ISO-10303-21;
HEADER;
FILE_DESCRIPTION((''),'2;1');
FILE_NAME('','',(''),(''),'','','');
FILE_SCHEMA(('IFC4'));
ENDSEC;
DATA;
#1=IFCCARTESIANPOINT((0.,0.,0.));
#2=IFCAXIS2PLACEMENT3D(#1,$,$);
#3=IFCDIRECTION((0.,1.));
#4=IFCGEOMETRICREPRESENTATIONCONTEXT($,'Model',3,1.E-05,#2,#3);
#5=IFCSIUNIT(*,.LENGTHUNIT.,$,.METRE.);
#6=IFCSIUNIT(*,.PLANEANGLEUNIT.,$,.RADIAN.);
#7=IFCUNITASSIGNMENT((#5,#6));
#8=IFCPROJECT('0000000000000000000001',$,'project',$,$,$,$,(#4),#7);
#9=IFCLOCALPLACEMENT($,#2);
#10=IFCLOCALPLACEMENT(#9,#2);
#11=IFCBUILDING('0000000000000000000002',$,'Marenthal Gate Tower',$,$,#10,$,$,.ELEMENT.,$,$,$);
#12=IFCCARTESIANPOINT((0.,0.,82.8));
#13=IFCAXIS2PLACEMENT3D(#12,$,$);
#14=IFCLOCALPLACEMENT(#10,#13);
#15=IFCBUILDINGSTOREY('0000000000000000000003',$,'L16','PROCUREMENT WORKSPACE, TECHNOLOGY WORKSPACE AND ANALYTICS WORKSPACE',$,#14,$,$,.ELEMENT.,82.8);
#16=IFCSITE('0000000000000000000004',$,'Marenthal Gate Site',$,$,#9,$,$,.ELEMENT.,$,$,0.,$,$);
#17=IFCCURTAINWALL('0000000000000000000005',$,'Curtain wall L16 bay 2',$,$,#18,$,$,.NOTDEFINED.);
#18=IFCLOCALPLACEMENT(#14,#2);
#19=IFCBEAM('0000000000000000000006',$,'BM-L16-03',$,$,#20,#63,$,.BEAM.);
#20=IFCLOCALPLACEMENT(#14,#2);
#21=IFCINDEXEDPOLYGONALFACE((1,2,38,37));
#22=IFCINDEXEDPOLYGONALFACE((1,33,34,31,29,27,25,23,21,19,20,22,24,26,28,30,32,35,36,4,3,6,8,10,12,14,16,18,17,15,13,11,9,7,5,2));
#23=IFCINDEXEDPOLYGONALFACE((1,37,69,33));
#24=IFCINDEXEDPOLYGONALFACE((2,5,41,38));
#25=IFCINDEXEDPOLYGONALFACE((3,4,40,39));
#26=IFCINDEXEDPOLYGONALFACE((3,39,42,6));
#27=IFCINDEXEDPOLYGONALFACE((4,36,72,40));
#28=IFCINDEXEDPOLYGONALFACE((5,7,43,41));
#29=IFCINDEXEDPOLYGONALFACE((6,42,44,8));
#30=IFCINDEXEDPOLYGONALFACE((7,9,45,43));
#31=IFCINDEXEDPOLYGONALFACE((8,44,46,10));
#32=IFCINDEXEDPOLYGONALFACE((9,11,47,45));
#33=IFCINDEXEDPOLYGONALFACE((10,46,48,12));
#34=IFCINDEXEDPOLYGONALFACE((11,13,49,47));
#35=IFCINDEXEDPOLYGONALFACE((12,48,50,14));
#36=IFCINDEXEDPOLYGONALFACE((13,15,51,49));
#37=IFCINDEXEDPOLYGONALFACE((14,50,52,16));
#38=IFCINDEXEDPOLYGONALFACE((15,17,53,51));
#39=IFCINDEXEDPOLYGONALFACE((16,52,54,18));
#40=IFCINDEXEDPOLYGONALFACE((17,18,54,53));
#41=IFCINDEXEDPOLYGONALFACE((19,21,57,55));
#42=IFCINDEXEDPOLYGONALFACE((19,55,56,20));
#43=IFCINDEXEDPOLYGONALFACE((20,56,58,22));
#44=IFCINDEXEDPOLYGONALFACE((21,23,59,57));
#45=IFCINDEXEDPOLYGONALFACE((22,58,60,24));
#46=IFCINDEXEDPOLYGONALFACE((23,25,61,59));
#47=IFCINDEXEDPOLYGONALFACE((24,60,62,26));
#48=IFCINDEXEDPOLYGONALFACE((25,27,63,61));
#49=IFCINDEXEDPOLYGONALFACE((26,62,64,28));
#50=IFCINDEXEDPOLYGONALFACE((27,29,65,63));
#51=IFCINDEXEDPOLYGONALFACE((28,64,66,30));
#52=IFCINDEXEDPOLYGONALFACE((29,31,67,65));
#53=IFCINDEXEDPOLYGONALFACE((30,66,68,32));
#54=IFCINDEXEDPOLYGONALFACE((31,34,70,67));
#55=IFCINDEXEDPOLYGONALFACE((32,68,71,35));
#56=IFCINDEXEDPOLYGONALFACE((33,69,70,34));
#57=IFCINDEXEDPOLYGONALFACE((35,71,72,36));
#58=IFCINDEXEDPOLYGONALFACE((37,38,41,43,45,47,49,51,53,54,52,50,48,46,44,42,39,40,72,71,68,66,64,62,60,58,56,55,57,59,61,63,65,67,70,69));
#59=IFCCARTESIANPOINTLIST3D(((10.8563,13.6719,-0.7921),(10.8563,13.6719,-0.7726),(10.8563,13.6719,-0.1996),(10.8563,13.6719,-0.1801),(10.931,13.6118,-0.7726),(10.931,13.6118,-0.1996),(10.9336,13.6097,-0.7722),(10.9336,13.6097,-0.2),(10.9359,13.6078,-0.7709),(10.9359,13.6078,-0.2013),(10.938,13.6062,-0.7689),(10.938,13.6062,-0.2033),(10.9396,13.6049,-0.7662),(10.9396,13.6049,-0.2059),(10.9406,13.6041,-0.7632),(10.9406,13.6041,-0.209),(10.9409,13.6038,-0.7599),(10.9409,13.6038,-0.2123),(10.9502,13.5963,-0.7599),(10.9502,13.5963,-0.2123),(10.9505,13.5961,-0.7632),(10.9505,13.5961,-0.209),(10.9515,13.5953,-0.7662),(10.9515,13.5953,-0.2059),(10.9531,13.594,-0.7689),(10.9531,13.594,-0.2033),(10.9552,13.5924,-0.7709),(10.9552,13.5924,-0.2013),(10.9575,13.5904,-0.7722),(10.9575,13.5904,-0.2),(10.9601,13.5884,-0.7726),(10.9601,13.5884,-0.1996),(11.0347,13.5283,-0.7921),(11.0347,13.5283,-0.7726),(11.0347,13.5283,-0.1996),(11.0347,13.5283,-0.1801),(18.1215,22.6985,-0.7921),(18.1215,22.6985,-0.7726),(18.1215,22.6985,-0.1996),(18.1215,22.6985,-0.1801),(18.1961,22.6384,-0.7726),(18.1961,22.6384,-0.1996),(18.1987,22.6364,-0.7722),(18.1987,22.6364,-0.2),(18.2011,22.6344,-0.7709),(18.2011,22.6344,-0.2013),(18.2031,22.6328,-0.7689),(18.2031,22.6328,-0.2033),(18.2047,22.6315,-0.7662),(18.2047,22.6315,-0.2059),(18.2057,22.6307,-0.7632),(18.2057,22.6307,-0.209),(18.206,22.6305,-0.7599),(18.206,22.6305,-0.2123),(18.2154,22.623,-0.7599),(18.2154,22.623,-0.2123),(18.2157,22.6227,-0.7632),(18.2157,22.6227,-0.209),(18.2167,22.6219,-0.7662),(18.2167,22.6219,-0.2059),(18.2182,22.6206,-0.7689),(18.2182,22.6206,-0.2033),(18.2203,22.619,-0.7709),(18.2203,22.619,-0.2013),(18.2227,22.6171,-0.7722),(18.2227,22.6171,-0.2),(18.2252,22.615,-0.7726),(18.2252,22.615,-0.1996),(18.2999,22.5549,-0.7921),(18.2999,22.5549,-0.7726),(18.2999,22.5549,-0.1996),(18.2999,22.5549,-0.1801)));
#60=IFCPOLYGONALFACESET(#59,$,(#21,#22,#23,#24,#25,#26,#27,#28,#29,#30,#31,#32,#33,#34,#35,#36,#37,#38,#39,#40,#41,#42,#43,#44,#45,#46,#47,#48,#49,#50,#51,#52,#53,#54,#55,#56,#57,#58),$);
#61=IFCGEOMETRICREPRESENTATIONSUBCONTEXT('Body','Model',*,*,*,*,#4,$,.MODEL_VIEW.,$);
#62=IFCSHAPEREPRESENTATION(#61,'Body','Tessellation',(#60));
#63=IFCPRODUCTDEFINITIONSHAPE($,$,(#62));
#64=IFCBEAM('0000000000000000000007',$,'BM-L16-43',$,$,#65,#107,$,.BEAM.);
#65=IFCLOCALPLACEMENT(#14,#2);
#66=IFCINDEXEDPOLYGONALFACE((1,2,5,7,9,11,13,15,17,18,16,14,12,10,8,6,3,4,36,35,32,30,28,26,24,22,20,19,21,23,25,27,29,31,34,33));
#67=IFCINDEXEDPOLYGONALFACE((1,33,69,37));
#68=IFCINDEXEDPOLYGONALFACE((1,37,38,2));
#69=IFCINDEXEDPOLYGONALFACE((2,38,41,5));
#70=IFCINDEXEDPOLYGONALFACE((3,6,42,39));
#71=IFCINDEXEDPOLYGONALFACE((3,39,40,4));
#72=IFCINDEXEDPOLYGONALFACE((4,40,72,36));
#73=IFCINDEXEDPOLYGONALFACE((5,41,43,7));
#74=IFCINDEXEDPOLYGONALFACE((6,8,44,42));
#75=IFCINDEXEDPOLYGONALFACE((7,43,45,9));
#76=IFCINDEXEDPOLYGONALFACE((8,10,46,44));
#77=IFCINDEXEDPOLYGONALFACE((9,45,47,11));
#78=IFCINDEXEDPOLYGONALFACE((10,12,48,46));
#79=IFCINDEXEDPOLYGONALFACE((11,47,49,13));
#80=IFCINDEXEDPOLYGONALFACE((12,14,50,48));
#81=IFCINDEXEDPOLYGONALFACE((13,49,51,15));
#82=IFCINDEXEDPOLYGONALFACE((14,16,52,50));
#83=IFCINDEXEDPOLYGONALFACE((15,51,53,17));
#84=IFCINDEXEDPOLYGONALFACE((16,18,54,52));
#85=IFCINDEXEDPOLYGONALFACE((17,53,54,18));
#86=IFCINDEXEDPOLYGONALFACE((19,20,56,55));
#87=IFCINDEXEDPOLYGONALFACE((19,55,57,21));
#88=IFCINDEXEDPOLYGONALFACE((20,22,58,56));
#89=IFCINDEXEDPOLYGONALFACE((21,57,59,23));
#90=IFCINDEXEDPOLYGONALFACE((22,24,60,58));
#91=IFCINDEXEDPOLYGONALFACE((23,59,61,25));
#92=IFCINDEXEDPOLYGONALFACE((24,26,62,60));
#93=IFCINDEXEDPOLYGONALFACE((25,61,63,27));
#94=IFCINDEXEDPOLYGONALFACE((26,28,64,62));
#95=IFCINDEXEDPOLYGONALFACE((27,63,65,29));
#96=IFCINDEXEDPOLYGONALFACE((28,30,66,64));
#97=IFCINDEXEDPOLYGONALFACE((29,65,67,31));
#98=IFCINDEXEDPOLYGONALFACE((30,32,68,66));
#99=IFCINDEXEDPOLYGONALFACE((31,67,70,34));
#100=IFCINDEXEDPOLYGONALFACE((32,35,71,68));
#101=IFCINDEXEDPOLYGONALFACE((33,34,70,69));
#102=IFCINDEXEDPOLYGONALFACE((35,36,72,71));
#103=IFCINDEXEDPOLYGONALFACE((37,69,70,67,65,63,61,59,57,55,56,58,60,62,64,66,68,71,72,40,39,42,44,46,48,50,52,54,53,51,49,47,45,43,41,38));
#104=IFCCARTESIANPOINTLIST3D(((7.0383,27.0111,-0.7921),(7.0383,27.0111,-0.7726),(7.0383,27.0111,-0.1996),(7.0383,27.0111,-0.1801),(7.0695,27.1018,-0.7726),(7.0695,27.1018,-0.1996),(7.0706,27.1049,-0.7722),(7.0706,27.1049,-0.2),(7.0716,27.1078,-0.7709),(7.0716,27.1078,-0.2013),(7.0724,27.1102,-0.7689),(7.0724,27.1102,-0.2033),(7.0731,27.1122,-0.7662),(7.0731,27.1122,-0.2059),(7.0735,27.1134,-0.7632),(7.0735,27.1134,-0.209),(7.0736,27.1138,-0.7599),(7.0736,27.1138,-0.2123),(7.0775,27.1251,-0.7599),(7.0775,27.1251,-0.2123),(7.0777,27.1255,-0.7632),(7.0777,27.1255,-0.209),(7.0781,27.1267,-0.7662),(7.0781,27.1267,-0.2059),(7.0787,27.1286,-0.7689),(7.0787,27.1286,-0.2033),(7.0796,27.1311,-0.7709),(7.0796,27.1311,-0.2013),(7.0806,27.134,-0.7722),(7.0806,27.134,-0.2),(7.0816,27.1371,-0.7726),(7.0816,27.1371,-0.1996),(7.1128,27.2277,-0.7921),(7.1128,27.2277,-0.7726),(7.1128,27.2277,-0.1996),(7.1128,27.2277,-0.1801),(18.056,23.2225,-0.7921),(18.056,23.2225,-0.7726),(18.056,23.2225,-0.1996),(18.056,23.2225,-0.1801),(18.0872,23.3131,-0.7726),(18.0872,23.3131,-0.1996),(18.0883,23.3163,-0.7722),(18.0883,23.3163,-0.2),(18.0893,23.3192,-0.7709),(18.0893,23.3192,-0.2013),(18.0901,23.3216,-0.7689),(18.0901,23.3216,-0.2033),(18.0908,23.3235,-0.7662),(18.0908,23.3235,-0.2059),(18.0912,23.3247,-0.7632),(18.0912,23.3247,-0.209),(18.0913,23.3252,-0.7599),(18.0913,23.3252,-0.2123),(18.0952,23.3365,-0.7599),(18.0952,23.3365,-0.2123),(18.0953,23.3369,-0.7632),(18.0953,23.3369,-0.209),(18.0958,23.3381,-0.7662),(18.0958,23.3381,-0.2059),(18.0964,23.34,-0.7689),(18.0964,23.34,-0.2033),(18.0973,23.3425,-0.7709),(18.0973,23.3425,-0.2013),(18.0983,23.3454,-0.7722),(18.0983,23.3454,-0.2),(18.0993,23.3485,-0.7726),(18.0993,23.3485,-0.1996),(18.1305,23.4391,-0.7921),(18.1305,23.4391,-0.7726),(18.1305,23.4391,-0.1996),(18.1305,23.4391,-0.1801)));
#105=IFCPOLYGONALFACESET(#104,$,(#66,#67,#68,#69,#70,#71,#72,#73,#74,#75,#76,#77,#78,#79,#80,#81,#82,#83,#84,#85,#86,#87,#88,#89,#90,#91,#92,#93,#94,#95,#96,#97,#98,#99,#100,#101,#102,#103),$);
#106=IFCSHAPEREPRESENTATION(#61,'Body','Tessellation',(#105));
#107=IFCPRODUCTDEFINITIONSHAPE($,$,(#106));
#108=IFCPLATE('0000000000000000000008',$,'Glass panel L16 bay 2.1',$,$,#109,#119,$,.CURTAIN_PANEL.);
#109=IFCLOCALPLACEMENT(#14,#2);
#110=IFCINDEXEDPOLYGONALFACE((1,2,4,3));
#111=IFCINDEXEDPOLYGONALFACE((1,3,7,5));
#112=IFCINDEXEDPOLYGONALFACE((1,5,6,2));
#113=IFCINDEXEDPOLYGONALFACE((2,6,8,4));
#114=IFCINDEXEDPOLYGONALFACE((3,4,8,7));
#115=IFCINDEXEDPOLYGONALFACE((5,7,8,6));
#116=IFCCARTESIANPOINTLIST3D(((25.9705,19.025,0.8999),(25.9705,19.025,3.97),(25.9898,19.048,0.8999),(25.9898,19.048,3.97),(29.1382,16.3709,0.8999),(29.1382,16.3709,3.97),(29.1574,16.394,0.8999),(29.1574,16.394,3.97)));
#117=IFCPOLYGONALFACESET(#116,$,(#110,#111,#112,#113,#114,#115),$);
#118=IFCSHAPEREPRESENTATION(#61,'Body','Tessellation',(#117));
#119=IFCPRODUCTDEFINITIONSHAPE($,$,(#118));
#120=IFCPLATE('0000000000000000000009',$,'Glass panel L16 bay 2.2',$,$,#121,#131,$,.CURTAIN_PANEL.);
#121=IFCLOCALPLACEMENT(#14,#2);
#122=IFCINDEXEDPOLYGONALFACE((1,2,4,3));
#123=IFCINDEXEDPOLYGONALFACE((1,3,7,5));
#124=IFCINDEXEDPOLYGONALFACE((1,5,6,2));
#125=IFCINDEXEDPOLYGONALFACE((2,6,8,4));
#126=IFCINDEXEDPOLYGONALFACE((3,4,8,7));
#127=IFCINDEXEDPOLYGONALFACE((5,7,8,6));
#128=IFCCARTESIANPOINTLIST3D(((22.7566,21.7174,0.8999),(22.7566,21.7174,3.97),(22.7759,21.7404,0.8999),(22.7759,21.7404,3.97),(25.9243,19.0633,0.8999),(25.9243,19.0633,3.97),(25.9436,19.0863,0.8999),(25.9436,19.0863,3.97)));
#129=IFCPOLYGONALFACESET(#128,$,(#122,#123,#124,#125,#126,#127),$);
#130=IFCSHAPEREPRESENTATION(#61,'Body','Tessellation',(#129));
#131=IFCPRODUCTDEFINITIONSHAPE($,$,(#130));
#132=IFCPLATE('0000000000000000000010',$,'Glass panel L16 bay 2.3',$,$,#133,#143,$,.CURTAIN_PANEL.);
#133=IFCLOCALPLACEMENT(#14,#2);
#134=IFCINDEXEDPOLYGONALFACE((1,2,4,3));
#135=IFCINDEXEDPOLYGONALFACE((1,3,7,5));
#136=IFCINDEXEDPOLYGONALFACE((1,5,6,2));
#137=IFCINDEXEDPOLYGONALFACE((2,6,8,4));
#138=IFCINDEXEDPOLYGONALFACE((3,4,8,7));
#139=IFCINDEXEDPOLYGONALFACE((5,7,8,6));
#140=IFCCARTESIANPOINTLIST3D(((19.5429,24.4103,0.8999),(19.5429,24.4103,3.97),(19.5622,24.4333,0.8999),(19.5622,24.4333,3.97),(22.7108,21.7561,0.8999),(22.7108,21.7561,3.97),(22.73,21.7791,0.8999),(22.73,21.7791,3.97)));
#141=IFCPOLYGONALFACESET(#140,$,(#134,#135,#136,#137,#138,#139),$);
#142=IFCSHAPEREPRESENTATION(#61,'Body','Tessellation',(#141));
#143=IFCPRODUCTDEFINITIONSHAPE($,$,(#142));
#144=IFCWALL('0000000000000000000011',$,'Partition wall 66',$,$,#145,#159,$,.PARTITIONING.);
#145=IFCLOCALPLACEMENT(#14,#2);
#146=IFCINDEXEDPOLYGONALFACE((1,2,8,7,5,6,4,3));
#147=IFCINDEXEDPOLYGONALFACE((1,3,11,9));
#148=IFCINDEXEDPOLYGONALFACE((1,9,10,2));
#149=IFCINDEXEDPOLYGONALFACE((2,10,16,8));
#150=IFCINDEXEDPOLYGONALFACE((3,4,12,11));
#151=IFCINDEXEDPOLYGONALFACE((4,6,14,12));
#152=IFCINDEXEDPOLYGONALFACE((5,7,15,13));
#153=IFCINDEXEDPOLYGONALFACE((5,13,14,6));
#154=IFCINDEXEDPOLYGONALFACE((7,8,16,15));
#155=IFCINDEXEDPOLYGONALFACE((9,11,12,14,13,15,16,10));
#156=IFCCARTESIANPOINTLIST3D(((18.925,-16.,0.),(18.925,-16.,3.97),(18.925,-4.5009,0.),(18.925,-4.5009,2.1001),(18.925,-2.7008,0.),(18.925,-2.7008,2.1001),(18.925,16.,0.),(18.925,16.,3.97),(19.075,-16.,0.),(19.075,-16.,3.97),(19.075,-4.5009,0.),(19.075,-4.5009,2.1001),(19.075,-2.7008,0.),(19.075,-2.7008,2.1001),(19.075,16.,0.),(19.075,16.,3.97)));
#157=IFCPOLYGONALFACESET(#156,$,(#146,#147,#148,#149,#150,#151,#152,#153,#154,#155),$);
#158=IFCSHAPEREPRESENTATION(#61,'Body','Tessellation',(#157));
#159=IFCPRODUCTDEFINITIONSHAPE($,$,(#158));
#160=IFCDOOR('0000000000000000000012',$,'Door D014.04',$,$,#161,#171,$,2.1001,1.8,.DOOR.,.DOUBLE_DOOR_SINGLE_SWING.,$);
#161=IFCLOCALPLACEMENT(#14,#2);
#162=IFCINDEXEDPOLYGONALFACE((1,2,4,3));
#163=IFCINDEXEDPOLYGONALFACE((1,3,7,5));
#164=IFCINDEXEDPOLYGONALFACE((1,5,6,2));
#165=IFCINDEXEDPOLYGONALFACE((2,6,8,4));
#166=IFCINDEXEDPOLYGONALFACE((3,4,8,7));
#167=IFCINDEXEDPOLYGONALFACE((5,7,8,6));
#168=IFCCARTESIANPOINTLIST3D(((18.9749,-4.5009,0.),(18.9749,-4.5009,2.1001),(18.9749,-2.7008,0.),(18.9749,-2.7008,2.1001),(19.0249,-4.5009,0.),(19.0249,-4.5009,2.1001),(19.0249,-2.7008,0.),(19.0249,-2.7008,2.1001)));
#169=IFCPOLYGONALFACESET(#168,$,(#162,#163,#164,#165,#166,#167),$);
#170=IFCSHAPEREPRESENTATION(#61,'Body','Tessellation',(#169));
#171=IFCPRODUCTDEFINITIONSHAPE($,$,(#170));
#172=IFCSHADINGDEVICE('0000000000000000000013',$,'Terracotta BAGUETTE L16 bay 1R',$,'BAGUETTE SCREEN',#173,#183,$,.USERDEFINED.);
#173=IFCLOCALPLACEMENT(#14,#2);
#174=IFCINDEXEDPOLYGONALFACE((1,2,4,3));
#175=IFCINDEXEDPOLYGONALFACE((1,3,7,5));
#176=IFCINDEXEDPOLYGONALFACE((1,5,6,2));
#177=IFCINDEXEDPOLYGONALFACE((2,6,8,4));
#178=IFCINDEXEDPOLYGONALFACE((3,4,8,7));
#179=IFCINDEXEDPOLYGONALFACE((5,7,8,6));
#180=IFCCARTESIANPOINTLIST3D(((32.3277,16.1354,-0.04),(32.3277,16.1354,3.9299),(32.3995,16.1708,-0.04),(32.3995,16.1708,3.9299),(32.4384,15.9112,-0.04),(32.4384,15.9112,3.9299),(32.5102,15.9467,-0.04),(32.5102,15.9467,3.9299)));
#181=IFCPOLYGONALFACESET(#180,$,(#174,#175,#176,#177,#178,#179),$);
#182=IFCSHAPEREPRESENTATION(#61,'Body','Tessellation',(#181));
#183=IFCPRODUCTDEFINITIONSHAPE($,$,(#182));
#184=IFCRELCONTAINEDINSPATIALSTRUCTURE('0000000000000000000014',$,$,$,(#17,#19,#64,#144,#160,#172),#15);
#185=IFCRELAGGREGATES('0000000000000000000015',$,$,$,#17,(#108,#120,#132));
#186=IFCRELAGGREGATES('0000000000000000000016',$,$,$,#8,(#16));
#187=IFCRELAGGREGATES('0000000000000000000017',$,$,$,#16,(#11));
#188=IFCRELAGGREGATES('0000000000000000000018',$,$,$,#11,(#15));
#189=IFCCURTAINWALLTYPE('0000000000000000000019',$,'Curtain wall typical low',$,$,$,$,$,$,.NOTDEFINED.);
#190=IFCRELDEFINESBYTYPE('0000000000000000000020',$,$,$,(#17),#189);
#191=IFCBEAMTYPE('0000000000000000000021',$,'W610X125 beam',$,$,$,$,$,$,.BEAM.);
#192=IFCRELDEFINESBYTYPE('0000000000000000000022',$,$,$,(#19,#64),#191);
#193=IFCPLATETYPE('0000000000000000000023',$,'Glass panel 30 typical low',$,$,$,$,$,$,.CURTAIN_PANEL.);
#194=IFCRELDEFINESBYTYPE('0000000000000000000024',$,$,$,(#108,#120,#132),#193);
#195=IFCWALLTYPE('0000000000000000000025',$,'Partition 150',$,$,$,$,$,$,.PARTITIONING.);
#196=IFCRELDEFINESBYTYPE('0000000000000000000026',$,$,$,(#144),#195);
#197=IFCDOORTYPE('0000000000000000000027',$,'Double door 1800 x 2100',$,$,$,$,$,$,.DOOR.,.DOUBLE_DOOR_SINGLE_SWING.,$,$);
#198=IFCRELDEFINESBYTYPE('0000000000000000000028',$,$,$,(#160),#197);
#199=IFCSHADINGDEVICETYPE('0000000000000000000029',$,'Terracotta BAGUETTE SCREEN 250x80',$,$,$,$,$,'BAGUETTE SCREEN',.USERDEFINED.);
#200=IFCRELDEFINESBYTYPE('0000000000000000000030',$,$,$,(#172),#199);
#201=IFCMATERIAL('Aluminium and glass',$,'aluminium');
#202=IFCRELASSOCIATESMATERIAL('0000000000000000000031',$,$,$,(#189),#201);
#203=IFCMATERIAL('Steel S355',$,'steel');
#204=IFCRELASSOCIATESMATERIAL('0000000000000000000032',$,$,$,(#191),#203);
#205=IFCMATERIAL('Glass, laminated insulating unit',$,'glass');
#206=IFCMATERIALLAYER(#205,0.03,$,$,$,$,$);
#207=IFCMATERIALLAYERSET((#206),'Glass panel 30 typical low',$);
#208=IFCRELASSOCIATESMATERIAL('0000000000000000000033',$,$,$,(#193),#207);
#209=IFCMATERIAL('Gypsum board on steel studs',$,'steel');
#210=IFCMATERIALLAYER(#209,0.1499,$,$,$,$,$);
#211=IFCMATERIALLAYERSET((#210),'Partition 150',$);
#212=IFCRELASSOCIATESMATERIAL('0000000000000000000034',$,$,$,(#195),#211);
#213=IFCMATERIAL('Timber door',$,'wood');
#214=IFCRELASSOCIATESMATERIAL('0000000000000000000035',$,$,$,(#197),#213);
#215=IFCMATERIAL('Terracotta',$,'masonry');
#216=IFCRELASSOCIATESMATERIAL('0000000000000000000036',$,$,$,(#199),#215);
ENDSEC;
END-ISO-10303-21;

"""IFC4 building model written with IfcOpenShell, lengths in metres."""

from ifc_helpers import new_model, si_unit, direction, frame, frame_2d, origin, origin_2d, place, context, subcontext, project, spatial, rectangle, i_section, extrude, material, layer, layer_set, material_profile, profile_set, type_object, element, fill, aggregate, save


model = new_model("IFC4")

# Units and contexts
model_context = context("Model", 3, precision=1e-05, world=origin(), true_north=direction((0.0, 1.0)))
body_context = subcontext(model_context, "Body", "Model", "MODEL_VIEW")
ifc_project = project(units=[si_unit("LENGTHUNIT", "METRE"), si_unit("PLANEANGLEUNIT", "RADIAN")], contexts=[model_context])

# Site, building, storey
site_placement = place(None, origin())
site = spatial("IfcSite", under=ifc_project, at=site_placement, Name="Marenthal Gate Site", CompositionType="ELEMENT", RefElevation=0.0)
building_placement = place(site_placement, origin())
building = spatial("IfcBuilding", under=site, at=building_placement, Name="Marenthal Gate Tower", CompositionType="ELEMENT")
storey_placement = place(building_placement, frame((0.0, 0.0, 82.8)))
storey = spatial("IfcBuildingStorey", under=building, at=storey_placement, Name="L16", Description="PROCUREMENT WORKSPACE, TECHNOLOGY WORKSPACE AND ANALYTICS WORKSPACE", CompositionType="ELEMENT", Elevation=82.8)

# Curtain wall
ifc_material_1 = material(Name="Aluminium and glass", Category="aluminium")
curtain_wall_type = type_object("IfcCurtainWallType", Name="Curtain wall typical low", PredefinedType="NOTDEFINED", material=ifc_material_1)
curtain_wall_placement = place(storey_placement, origin())
curtain_wall = element("IfcCurtainWall", 1, at=curtain_wall_placement, inside=storey, type_object=curtain_wall_type, Name="Curtain wall L16 bay 2", PredefinedType="NOTDEFINED")

# Beams
ifc_material_2 = material(Name="Steel S355", Category="steel")
ifc_material_profile_1 = material_profile(ifc_material_2, i_section(OverallWidth=0.229, OverallDepth=0.6121, WebThickness=0.012, FlangeThickness=0.0195, FilletRadius=0.0127, at=origin_2d()), Name="W610X125")
ifc_profile_set_1 = profile_set([ifc_material_profile_1], Name="Steel S355")
beam_type_1 = type_object("IfcBeamType", Name="W610X125 beam", PredefinedType="BEAM", material=ifc_profile_set_1)
beam_1_placement = place(storey_placement, frame((18.2107, 22.6267, -0.4861), z_axis=(-0.627, -0.779019, 0.0), x_axis=(0.779019, -0.627, 0.0)))
element("IfcBeam", 2, at=beam_1_placement, inside=storey, type_object=beam_type_1, Name="BM-L16-03", PredefinedType="BEAM", context=body_context, shape_type="SweptSolid", body=[
    extrude(i_section(OverallWidth=0.229, OverallDepth=0.6121, WebThickness=0.012, FlangeThickness=0.0195, FilletRadius=0.0127, at=origin_2d()), origin(), (0.0, 0.0, 1.0), 11.5872),
])
beam_2_placement = place(storey_placement, frame((18.0933, 23.3308, -0.4861), z_axis=(-0.945653, 0.325178, 0.0), x_axis=(-0.325178, -0.945653, 0.0)))
element("IfcBeam", 3, at=beam_2_placement, inside=storey, type_object=beam_type_1, Name="BM-L16-43", PredefinedType="BEAM", context=body_context, shape_type="SweptSolid", body=[
    extrude(i_section(OverallWidth=0.229, OverallDepth=0.6121, WebThickness=0.012, FlangeThickness=0.0195, FilletRadius=0.0127, at=origin_2d()), origin(), (0.0, 0.0, 1.0), 11.6509),
])

# Plates
ifc_material_3 = material(Name="Glass, laminated insulating unit", Category="glass")
ifc_layer_1 = layer(ifc_material_3, 0.03)
ifc_layer_set_1 = layer_set([ifc_layer_1], Name="Glass panel 30 typical low")
plate_type = type_object("IfcPlateType", Name="Glass panel 30 typical low", PredefinedType="CURTAIN_PANEL", material=ifc_layer_set_1)
plate_1_placement = place(storey_placement, frame((27.564, 17.7095, 0.8999), z_axis=(0.0, 0.0, 1.0), x_axis=(-0.766513, 0.642228, 0.0)))
plate_1 = element("IfcPlate", 4, at=plate_1_placement, type_object=plate_type, Name="Glass panel L16 bay 2.1", PredefinedType="CURTAIN_PANEL", context=body_context, shape_type="SweptSolid", body=[
    extrude(rectangle(XDim=4.1326, YDim=0.03, at=origin_2d()), origin(), (0.0, 0.0, 1.0), 3.0701),
])
plate_2_placement = place(storey_placement, frame((24.3501, 20.4019, 0.8999), z_axis=(0.0, 0.0, 1.0), x_axis=(-0.766513, 0.642228, 0.0)))
plate_2 = element("IfcPlate", 5, at=plate_2_placement, type_object=plate_type, Name="Glass panel L16 bay 2.2", PredefinedType="CURTAIN_PANEL", context=body_context, shape_type="SweptSolid", body=[
    extrude(rectangle(XDim=4.1326, YDim=0.03, at=origin_2d()), origin(), (0.0, 0.0, 1.0), 3.0701),
])
plate_3_placement = place(storey_placement, frame((21.1365, 23.0947, 0.8999), z_axis=(0.0, 0.0, 1.0), x_axis=(-0.766513, 0.642228, 0.0)))
plate_3 = element("IfcPlate", 6, at=plate_3_placement, type_object=plate_type, Name="Glass panel L16 bay 2.3", PredefinedType="CURTAIN_PANEL", context=body_context, shape_type="SweptSolid", body=[
    extrude(rectangle(XDim=4.1328, YDim=0.03, at=origin_2d()), origin(), (0.0, 0.0, 1.0), 3.0701),
])
aggregate(curtain_wall, [plate_1, plate_2, plate_3])

# Wall, opening, door
ifc_material_4 = material(Name="Gypsum board on steel studs", Category="steel")
ifc_layer_2 = layer(ifc_material_4, 0.1499)
ifc_layer_set_2 = layer_set([ifc_layer_2], Name="Partition 150")
wall_type_1 = type_object("IfcWallType", Name="Partition 150", PredefinedType="PARTITIONING", material=ifc_layer_set_2)
wall_1_placement = place(storey_placement, frame((19.0, 16.0, 0.0), z_axis=(0.0, 0.0, 1.0), x_axis=(0.0, -1.0, 0.0)))
wall_1 = element("IfcWall", 7, at=wall_1_placement, inside=storey, type_object=wall_type_1, Name="Partition wall 66", PredefinedType="PARTITIONING", context=body_context, shape_type="SweptSolid", body=[
    extrude(rectangle(XDim=32.0, YDim=0.1499, at=frame_2d((16.0, 0.0))), origin(), (0.0, 0.0, 1.0), 3.97),
])
opening_1_placement = place(wall_1_placement, frame((18.7009, 0.0, 0.0)))
opening_1 = element("IfcOpeningElement", 8, at=opening_1_placement, cuts=wall_1, PredefinedType="OPENING", context=body_context, shape_type="SweptSolid", body=[
    extrude(rectangle(XDim=1.8, YDim=2.1001, at=frame_2d((0.8999, 1.05))), frame((0.0, 0.085, 0.0), z_axis=(0.0, -1.0, 0.0), x_axis=(1.0, 0.0, 0.0)), (0.0, 0.0, 1.0), 0.1699),
])
ifc_material_5 = material(Name="Timber door", Category="wood")
door_type_1 = type_object("IfcDoorType", Name="Double door 1800 x 2100", OperationType="DOUBLE_DOOR_SINGLE_SWING", PredefinedType="DOOR", material=ifc_material_5)
door_1_placement = place(opening_1_placement, origin())
door_1 = element("IfcDoor", 9, at=door_1_placement, inside=storey, type_object=door_type_1, Name="Door D014.04", OperationType="DOUBLE_DOOR_SINGLE_SWING", OverallHeight=2.1001, OverallWidth=1.8, PredefinedType="DOOR", context=body_context, shape_type="SweptSolid", body=[
    extrude(rectangle(XDim=1.8, YDim=2.1001, at=frame_2d((0.8999, 1.05))), frame((0.0, 0.0249, 0.0), z_axis=(0.0, -1.0, 0.0), x_axis=(1.0, 0.0, 0.0)), (0.0, 0.0, 1.0), 0.05),
])
fill(opening_1, door_1)

# Shading device
ifc_material_6 = material(Name="Terracotta", Category="masonry")
ifc_material_profile_2 = material_profile(ifc_material_6, rectangle(XDim=0.25, YDim=0.0801, at=origin_2d()), Name="Terracotta baguette 250x80")
ifc_profile_set_2 = profile_set([ifc_material_profile_2], Name="Terracotta")
shading_device_type = type_object("IfcShadingDeviceType", Name="Terracotta BAGUETTE SCREEN 250x80", ElementType="BAGUETTE SCREEN", PredefinedType="USERDEFINED", material=ifc_profile_set_2)
shading_device_placement = place(storey_placement, frame((32.4189, 16.041, -0.04), z_axis=(0.0, 0.0, 1.0), x_axis=(-0.44286, 0.896591, 0.0)))
element("IfcShadingDevice", 10, at=shading_device_placement, inside=storey, type_object=shading_device_type, Name="Terracotta BAGUETTE L16 bay 1R", ObjectType="BAGUETTE SCREEN", PredefinedType="USERDEFINED", context=body_context, shape_type="SweptSolid", body=[
    extrude(rectangle(XDim=0.25, YDim=0.0801, at=origin_2d()), origin(), (0.0, 0.0, 1.0), 3.97),
])

save(model, "model.ifc")
